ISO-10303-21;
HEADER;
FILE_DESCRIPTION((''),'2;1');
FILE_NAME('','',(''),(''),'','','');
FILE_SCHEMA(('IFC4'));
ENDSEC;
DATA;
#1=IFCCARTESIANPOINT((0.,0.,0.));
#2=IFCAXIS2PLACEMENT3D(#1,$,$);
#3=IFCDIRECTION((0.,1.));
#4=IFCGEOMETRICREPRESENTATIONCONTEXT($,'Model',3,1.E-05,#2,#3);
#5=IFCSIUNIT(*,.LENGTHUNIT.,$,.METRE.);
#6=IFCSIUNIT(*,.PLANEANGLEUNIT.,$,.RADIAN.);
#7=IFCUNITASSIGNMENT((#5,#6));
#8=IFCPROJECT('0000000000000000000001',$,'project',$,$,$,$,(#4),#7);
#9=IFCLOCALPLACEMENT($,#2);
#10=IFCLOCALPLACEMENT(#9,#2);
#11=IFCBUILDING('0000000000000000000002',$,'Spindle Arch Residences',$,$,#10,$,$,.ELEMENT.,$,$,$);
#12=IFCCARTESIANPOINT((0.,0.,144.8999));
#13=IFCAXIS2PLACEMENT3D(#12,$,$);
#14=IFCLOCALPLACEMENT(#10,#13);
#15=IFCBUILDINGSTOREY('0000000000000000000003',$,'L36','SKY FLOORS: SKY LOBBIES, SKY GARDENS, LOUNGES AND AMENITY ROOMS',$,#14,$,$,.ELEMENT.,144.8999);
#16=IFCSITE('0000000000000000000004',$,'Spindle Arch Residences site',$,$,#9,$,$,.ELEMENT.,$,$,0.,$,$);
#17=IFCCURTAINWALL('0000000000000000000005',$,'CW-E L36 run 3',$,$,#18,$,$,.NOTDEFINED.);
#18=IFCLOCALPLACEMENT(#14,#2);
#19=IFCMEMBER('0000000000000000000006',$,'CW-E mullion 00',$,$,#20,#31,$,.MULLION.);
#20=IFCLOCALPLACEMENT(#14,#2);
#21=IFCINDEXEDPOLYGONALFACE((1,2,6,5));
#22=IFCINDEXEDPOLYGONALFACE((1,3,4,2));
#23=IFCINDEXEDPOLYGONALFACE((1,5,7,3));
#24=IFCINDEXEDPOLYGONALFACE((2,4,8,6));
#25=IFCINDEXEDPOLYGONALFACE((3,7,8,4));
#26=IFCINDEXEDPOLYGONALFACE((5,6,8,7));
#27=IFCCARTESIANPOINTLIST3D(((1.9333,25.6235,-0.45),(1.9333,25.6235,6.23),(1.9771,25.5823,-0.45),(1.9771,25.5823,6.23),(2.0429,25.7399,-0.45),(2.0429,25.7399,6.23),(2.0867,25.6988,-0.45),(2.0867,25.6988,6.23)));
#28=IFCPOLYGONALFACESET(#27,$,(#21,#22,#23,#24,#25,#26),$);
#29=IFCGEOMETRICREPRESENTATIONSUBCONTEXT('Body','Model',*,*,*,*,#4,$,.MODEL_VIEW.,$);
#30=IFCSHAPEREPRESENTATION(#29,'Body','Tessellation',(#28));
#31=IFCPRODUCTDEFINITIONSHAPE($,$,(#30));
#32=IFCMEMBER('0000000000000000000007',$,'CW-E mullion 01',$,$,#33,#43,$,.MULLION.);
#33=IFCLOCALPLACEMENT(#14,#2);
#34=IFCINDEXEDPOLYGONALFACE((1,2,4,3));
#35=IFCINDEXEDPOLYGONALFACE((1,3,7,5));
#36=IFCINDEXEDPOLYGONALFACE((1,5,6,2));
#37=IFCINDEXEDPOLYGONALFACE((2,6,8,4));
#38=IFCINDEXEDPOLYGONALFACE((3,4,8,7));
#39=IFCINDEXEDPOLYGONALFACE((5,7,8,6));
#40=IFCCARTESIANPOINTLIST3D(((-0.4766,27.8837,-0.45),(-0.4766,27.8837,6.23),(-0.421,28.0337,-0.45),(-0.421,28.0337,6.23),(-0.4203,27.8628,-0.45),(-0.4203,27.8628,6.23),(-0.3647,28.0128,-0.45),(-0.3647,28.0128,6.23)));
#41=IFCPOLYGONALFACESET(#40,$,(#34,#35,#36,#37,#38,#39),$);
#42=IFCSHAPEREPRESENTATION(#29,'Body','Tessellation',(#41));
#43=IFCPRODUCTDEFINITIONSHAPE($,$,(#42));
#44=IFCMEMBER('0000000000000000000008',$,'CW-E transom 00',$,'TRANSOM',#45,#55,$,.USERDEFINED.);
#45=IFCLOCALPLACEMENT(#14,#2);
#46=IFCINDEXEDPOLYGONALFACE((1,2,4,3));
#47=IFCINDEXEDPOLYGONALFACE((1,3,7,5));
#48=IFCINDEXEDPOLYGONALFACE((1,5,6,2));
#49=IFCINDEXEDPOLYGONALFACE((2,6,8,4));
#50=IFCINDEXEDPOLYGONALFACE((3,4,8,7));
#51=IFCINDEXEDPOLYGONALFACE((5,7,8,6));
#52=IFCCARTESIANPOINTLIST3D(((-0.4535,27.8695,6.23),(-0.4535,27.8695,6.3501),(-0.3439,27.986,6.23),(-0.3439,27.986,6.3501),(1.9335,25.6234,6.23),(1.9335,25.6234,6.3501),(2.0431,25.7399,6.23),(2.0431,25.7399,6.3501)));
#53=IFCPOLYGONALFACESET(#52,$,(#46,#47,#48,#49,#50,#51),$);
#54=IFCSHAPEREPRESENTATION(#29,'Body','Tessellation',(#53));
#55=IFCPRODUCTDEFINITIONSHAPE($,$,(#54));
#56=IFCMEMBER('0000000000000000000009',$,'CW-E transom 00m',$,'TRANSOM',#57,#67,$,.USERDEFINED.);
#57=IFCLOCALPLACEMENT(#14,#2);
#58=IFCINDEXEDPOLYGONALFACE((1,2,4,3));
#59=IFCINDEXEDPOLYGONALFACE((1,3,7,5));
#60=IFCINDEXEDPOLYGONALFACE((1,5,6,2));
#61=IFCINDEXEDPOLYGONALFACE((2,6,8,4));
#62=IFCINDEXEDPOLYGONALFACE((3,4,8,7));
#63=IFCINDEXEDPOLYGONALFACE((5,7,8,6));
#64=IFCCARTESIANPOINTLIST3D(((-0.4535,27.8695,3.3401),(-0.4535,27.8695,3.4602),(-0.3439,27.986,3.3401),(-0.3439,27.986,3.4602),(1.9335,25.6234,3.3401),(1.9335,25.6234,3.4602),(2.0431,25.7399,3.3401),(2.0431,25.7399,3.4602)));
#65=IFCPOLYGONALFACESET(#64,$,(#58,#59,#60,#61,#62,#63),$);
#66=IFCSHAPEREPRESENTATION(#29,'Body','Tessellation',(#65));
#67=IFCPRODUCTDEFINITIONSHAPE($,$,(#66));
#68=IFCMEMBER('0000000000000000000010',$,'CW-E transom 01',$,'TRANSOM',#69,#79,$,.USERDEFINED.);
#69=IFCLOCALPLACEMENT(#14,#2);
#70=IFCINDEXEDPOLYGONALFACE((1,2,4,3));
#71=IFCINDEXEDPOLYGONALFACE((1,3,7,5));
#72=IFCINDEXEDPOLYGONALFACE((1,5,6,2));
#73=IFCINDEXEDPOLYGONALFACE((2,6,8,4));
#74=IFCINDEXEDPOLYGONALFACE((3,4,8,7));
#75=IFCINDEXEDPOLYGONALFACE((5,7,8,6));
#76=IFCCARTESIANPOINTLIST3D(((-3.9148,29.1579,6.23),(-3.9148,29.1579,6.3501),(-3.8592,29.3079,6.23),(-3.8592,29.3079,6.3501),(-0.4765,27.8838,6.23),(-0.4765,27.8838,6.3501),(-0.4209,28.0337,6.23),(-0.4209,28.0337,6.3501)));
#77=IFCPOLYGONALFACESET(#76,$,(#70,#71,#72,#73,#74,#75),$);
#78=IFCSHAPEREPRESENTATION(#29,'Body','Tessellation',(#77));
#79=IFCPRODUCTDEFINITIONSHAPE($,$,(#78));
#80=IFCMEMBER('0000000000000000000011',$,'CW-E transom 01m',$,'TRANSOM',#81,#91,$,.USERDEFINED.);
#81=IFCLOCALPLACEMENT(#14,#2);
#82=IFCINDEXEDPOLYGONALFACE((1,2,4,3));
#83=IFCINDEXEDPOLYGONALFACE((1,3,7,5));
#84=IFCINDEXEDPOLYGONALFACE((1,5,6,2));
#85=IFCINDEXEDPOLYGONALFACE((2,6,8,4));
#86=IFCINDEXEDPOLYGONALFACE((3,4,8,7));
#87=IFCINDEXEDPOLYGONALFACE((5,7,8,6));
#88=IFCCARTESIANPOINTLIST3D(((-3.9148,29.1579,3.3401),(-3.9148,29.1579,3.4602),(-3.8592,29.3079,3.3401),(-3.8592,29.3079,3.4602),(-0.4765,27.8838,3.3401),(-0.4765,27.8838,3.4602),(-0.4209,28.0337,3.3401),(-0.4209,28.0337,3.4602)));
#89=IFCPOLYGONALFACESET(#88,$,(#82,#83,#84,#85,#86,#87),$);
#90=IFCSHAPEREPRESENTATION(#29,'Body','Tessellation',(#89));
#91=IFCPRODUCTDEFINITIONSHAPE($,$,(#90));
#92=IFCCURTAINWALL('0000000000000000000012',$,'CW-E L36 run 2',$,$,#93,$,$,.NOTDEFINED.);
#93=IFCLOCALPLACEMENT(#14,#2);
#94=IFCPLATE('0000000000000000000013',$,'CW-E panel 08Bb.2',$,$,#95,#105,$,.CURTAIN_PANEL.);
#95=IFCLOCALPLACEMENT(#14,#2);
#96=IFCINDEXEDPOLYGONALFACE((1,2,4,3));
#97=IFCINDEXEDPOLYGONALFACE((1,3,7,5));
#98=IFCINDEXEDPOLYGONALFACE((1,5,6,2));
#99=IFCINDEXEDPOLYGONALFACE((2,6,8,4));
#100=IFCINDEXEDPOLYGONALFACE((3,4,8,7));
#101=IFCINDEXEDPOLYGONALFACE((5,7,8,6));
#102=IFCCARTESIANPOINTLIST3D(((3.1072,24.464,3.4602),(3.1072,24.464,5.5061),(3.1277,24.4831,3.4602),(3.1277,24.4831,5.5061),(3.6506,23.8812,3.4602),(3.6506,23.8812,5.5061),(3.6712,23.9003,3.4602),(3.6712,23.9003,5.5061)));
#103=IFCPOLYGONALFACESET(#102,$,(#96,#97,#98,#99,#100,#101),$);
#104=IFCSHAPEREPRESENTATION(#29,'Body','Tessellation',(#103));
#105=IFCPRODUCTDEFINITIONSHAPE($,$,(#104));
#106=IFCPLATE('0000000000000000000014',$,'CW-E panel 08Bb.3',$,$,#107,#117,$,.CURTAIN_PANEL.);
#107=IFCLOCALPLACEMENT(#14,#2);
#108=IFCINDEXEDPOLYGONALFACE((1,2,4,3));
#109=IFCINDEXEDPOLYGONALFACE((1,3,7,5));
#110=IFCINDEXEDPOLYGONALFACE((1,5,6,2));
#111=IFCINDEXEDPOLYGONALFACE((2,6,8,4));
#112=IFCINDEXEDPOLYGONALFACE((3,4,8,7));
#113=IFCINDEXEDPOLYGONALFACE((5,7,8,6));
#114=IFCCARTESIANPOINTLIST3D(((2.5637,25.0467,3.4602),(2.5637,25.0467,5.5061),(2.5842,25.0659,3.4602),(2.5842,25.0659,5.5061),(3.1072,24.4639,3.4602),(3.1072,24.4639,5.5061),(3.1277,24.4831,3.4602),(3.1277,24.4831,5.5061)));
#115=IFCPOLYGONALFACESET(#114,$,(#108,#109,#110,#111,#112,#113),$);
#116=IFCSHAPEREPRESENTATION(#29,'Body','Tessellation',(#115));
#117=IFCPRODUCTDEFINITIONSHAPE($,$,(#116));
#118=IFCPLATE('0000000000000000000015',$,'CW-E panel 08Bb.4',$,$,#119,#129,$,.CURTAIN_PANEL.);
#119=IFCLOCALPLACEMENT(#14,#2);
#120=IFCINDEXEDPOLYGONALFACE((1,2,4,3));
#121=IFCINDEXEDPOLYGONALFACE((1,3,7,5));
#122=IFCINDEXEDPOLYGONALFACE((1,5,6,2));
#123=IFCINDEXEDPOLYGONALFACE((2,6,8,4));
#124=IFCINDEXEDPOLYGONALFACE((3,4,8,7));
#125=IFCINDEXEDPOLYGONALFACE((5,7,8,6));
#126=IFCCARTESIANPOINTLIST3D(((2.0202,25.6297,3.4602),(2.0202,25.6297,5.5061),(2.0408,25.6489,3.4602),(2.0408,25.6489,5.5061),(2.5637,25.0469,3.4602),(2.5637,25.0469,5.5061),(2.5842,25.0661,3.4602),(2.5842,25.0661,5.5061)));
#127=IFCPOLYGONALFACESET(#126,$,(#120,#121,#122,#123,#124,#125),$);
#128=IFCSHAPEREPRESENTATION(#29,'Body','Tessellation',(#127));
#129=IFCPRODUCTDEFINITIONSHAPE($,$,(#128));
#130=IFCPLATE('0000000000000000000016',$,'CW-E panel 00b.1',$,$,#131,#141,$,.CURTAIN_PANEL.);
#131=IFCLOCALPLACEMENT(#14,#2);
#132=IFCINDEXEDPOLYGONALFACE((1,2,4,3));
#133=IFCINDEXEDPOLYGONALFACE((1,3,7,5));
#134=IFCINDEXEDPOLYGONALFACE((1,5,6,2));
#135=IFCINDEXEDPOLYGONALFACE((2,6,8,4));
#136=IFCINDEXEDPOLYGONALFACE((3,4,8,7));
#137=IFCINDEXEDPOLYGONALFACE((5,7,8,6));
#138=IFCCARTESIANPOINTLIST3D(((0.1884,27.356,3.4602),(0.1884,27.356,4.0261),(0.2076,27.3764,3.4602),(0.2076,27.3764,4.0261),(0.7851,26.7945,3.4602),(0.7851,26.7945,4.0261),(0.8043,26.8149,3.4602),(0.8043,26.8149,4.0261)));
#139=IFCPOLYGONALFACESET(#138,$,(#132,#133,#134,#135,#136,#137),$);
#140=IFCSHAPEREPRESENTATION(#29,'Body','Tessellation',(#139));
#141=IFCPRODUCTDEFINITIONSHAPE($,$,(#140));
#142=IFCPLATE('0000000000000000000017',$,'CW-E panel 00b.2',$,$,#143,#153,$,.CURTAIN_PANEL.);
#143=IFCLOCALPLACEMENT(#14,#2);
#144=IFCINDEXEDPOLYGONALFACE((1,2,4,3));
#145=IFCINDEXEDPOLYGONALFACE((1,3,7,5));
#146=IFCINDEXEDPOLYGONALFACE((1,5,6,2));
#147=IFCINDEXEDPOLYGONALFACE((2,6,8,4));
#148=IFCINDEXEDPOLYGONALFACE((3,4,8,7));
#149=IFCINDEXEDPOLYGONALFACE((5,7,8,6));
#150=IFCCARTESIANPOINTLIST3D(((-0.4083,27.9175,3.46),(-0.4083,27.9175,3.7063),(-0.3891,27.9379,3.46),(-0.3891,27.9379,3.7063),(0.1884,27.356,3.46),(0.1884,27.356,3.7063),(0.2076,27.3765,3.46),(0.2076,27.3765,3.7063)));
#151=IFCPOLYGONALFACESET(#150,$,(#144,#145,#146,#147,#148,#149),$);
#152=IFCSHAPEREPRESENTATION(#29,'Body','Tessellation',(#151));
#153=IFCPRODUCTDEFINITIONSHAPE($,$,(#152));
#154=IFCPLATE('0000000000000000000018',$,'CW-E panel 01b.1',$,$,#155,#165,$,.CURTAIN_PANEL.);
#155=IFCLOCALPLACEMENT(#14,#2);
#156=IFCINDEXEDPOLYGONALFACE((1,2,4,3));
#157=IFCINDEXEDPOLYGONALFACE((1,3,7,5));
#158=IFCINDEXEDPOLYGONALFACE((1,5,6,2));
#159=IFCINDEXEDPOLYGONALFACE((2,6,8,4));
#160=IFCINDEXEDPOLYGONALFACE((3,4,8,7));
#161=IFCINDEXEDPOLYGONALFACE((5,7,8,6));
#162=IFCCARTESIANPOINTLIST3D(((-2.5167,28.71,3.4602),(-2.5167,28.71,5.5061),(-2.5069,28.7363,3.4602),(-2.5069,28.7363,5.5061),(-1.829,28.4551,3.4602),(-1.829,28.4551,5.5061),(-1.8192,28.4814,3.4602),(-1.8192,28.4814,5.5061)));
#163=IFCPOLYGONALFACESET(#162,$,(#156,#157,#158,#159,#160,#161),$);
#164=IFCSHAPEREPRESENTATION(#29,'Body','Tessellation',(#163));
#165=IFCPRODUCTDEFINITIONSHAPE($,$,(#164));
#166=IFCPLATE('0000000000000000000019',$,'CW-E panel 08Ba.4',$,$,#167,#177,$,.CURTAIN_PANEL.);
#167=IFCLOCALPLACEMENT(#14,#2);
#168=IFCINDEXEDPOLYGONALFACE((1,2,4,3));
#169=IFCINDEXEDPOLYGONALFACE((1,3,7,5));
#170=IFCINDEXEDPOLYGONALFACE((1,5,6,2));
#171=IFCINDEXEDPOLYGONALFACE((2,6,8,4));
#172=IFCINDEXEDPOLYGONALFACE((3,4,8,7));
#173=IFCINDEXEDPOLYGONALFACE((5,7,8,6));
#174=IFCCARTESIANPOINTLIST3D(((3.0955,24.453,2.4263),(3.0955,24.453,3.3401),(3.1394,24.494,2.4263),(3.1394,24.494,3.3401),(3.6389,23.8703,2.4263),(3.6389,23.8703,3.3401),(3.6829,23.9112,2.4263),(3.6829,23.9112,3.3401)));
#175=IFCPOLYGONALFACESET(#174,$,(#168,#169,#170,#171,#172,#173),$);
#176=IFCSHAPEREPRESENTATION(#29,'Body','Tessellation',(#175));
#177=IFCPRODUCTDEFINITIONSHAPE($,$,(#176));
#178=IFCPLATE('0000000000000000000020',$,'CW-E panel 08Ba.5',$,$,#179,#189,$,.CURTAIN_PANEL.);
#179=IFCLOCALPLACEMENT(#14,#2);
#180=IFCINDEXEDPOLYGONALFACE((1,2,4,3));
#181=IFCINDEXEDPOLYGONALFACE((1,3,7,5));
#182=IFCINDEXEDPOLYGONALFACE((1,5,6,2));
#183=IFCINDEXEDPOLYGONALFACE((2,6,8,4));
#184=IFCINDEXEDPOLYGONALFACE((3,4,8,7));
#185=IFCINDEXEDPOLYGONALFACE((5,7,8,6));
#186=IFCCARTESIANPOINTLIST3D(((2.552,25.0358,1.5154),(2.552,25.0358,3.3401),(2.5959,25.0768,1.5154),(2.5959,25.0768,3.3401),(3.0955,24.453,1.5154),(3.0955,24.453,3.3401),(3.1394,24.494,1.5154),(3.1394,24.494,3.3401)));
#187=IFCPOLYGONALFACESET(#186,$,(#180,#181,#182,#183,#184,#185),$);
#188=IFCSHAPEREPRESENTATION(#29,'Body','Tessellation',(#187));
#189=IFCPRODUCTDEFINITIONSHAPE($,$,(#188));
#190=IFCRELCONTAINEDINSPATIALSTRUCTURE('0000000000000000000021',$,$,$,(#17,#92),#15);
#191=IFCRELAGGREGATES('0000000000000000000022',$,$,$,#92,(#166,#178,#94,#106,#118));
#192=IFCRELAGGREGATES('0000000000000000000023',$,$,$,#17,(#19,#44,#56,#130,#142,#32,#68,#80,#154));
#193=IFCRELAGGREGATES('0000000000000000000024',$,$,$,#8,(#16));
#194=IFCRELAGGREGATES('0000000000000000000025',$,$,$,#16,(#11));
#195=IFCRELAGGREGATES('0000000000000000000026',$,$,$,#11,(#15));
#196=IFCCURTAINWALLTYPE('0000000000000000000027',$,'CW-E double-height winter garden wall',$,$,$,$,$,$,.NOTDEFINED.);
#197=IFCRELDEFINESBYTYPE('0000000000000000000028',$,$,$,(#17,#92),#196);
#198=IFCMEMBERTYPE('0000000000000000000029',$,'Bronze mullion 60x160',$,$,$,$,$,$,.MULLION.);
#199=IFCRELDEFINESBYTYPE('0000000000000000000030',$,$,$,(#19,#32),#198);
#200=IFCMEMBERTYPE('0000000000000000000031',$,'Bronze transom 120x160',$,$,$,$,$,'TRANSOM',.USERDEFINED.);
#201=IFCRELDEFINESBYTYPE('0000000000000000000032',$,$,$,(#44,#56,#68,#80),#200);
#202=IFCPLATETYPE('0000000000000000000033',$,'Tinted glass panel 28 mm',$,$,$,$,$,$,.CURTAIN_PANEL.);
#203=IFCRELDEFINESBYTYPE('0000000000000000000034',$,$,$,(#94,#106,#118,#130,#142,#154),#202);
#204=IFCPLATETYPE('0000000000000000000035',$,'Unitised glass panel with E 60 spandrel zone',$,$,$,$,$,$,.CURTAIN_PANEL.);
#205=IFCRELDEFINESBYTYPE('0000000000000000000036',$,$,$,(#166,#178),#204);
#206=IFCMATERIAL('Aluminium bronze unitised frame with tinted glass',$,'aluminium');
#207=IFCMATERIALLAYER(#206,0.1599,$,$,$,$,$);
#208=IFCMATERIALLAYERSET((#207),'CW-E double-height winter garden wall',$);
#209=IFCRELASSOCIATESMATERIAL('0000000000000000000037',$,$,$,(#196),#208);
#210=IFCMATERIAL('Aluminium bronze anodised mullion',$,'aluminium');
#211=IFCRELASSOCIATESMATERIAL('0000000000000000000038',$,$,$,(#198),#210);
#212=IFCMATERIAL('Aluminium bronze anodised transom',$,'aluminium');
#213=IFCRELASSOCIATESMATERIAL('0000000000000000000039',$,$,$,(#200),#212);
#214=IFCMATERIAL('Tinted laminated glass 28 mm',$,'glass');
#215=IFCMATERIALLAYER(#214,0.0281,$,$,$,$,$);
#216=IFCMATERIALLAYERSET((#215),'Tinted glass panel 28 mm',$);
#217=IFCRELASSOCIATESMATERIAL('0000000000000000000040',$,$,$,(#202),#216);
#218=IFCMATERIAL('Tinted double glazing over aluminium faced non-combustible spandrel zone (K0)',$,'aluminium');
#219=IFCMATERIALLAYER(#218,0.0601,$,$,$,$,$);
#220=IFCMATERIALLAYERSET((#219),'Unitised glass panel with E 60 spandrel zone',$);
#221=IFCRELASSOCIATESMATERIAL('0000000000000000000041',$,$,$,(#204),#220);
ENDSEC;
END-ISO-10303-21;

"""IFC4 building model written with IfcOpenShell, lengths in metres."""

from ifc_helpers import new_model, si_unit, direction, frame, origin, origin_2d, place, context, subcontext, project, spatial, rectangle, extrude, material, layer, layer_set, material_profile, profile_set, type_object, element, aggregate, save


model = new_model("IFC4")

# Units and contexts
model_context = context("Model", 3, precision=1e-05, world=origin(), true_north=direction((0.0, 1.0)))
body_context = subcontext(model_context, "Body", "Model", "MODEL_VIEW")
ifc_project = project(units=[si_unit("LENGTHUNIT", "METRE"), si_unit("PLANEANGLEUNIT", "RADIAN")], contexts=[model_context])

# Site, building, storey
site_placement = place(None, origin())
site = spatial("IfcSite", under=ifc_project, at=site_placement, Name="Spindle Arch Residences site", CompositionType="ELEMENT", RefElevation=0.0)
building_placement = place(site_placement, origin())
building = spatial("IfcBuilding", under=site, at=building_placement, Name="Spindle Arch Residences", CompositionType="ELEMENT")
storey_placement = place(building_placement, frame((0.0, 0.0, 144.8999)))
storey = spatial("IfcBuildingStorey", under=building, at=storey_placement, Name="L36", Description="SKY FLOORS: SKY LOBBIES, SKY GARDENS, LOUNGES AND AMENITY ROOMS", CompositionType="ELEMENT", Elevation=144.8999)

# Curtain wall, members
ifc_material_1 = material(Name="Aluminium bronze unitised frame with tinted glass", Category="aluminium")
ifc_layer_1 = layer(ifc_material_1, 0.1599)
ifc_layer_set_1 = layer_set([ifc_layer_1], Name="CW-E double-height winter garden wall")
curtain_wall_type = type_object("IfcCurtainWallType", Name="CW-E double-height winter garden wall", PredefinedType="NOTDEFINED", material=ifc_layer_set_1)
curtain_wall_1_placement = place(storey_placement, origin())
curtain_wall_1 = element("IfcCurtainWall", 1, at=curtain_wall_1_placement, inside=storey, type_object=curtain_wall_type, Name="CW-E L36 run 3", PredefinedType="NOTDEFINED")
ifc_material_2 = material(Name="Aluminium bronze anodised mullion", Category="aluminium")
ifc_material_profile_1 = material_profile(ifc_material_2, rectangle(XDim=0.1599, YDim=0.0601, at=origin_2d()), Name="MU 60x160")
ifc_profile_set_1 = profile_set([ifc_material_profile_1], Name="Aluminium bronze anodised mullion")
member_type_1 = type_object("IfcMemberType", Name="Bronze mullion 60x160", PredefinedType="MULLION", material=ifc_profile_set_1)
member_1_placement = place(storey_placement, frame((2.01, 25.6611, -0.45), z_axis=(0.0, 0.0, 1.0), x_axis=(-0.68529, -0.72827, 0.0)))
member_1 = element("IfcMember", 2, at=member_1_placement, type_object=member_type_1, Name="CW-E mullion 00", PredefinedType="MULLION", context=body_context, shape_type="SweptSolid", body=[
    extrude(rectangle(XDim=0.1599, YDim=0.0601, at=origin_2d()), origin(), (0.0, 0.0, 1.0), 6.6799),
])
member_2_placement = place(storey_placement, frame((-0.4207, 27.9482, -0.45), z_axis=(0.0, 0.0, 1.0), x_axis=(-0.347481, -0.937687, 0.0)))
member_2 = element("IfcMember", 3, at=member_2_placement, type_object=member_type_1, Name="CW-E mullion 01", PredefinedType="MULLION", context=body_context, shape_type="SweptSolid", body=[
    extrude(rectangle(XDim=0.1599, YDim=0.0601, at=origin_2d()), origin(), (0.0, 0.0, 1.0), 6.6799),
])
ifc_material_3 = material(Name="Aluminium bronze anodised transom", Category="aluminium")
ifc_material_profile_2 = material_profile(ifc_material_3, rectangle(XDim=0.1599, YDim=0.1201, at=origin_2d()), Name="TR 120x160")
ifc_profile_set_2 = profile_set([ifc_material_profile_2], Name="Aluminium bronze anodised transom")
member_type_2 = type_object("IfcMemberType", Name="Bronze transom 120x160", ElementType="TRANSOM", PredefinedType="USERDEFINED", material=ifc_profile_set_2)
member_3_placement = place(storey_placement, frame((1.9883, 25.6816, 6.29), z_axis=(-0.72827, 0.68529, 0.0), x_axis=(-0.68529, -0.72827, 0.0)))
member_3 = element("IfcMember", 4, at=member_3_placement, type_object=member_type_2, Name="CW-E transom 00", ObjectType="TRANSOM", PredefinedType="USERDEFINED", context=body_context, shape_type="SweptSolid", body=[
    extrude(rectangle(XDim=0.1599, YDim=0.1201, at=origin_2d()), origin(), (0.0, 0.0, 1.0), 3.2776),
])
member_4_placement = place(storey_placement, frame((1.9883, 25.6816, 3.4001), z_axis=(-0.72827, 0.68529, 0.0), x_axis=(-0.68529, -0.72827, 0.0)))
member_4 = element("IfcMember", 5, at=member_4_placement, type_object=member_type_2, Name="CW-E transom 00m", ObjectType="TRANSOM", PredefinedType="USERDEFINED", context=body_context, shape_type="SweptSolid", body=[
    extrude(rectangle(XDim=0.1599, YDim=0.1201, at=origin_2d()), origin(), (0.0, 0.0, 1.0), 3.2776),
])
member_5_placement = place(storey_placement, frame((-0.4487, 27.9587, 6.29), z_axis=(-0.937682, 0.347494, 0.0), x_axis=(-0.347494, -0.937682, 0.0)))
member_5 = element("IfcMember", 6, at=member_5_placement, type_object=member_type_2, Name="CW-E transom 01", ObjectType="TRANSOM", PredefinedType="USERDEFINED", context=body_context, shape_type="SweptSolid", body=[
    extrude(rectangle(XDim=0.1599, YDim=0.1201, at=origin_2d()), origin(), (0.0, 0.0, 1.0), 3.6667),
])
member_6_placement = place(storey_placement, frame((-0.4487, 27.9587, 3.4001), z_axis=(-0.937682, 0.347494, 0.0), x_axis=(-0.347494, -0.937682, 0.0)))
member_6 = element("IfcMember", 7, at=member_6_placement, type_object=member_type_2, Name="CW-E transom 01m", ObjectType="TRANSOM", PredefinedType="USERDEFINED", context=body_context, shape_type="SweptSolid", body=[
    extrude(rectangle(XDim=0.1599, YDim=0.1201, at=origin_2d()), origin(), (0.0, 0.0, 1.0), 3.6667),
])

# Curtain wall, plates
curtain_wall_2_placement = place(storey_placement, origin())
curtain_wall_2 = element("IfcCurtainWall", 8, at=curtain_wall_2_placement, inside=storey, type_object=curtain_wall_type, Name="CW-E L36 run 2", PredefinedType="NOTDEFINED")
ifc_material_4 = material(Name="Tinted laminated glass 28 mm", Category="glass")
ifc_layer_2 = layer(ifc_material_4, 0.0281)
ifc_layer_set_2 = layer_set([ifc_layer_2], Name="Tinted glass panel 28 mm")
plate_type_1 = type_object("IfcPlateType", Name="Tinted glass panel 28 mm", PredefinedType="CURTAIN_PANEL", material=ifc_layer_set_2)
plate_1_placement = place(storey_placement, frame((3.3892, 24.1821, 3.4602), z_axis=(0.0, 0.0, 1.0), x_axis=(-0.681998, 0.731354, 0.0)))
plate_1 = element("IfcPlate", 9, at=plate_1_placement, type_object=plate_type_1, Name="CW-E panel 08Bb.2", PredefinedType="CURTAIN_PANEL", context=body_context, shape_type="SweptSolid", body=[
    extrude(rectangle(XDim=0.7969, YDim=0.0281, at=origin_2d()), origin(), (0.0, 0.0, 1.0), 2.0459),
])
plate_2_placement = place(storey_placement, frame((2.8457, 24.7649, 3.4602), z_axis=(0.0, 0.0, 1.0), x_axis=(-0.681998, 0.731354, 0.0)))
plate_2 = element("IfcPlate", 10, at=plate_2_placement, type_object=plate_type_1, Name="CW-E panel 08Bb.3", PredefinedType="CURTAIN_PANEL", context=body_context, shape_type="SweptSolid", body=[
    extrude(rectangle(XDim=0.7969, YDim=0.0281, at=origin_2d()), origin(), (0.0, 0.0, 1.0), 2.0459),
])
plate_3_placement = place(storey_placement, frame((2.3022, 25.3479, 3.4602), z_axis=(0.0, 0.0, 1.0), x_axis=(-0.681998, 0.731354, 0.0)))
plate_3 = element("IfcPlate", 11, at=plate_3_placement, type_object=plate_type_1, Name="CW-E panel 08Bb.4", PredefinedType="CURTAIN_PANEL", context=body_context, shape_type="SweptSolid", body=[
    extrude(rectangle(XDim=0.7969, YDim=0.0281, at=origin_2d()), origin(), (0.0, 0.0, 1.0), 2.0459),
])

# Plates
plate_4_placement = place(storey_placement, frame((0.4963, 27.0854, 3.4602), z_axis=(0.0, 0.0, 1.0), x_axis=(-0.72827, 0.68529, 0.0)))
plate_4 = element("IfcPlate", 12, at=plate_4_placement, type_object=plate_type_1, Name="CW-E panel 00b.1", PredefinedType="CURTAIN_PANEL", context=body_context, shape_type="SweptSolid", body=[
    extrude(rectangle(XDim=0.8193, YDim=0.0281, at=origin_2d()), origin(), (0.0, 0.0, 1.0), 0.5659),
])
plate_5_placement = place(storey_placement, frame((-0.1003, 27.647, 3.46), z_axis=(0.0, 0.0, 1.0), x_axis=(-0.72827, 0.68529, 0.0)))
plate_5 = element("IfcPlate", 13, at=plate_5_placement, type_object=plate_type_1, Name="CW-E panel 00b.2", PredefinedType="CURTAIN_PANEL", context=body_context, shape_type="SweptSolid", body=[
    extrude(rectangle(XDim=0.8193, YDim=0.0281, at=origin_2d()), origin(), (0.0, 0.0, 1.0), 0.2463),
])
plate_6_placement = place(storey_placement, frame((-2.168, 28.5957, 3.4602), z_axis=(0.0, 0.0, 1.0), x_axis=(-0.937687, 0.347481, 0.0)))
plate_6 = element("IfcPlate", 14, at=plate_6_placement, type_object=plate_type_1, Name="CW-E panel 01b.1", PredefinedType="CURTAIN_PANEL", context=body_context, shape_type="SweptSolid", body=[
    extrude(rectangle(XDim=0.7334, YDim=0.0281, at=origin_2d()), origin(), (0.0, 0.0, 1.0), 2.0459),
])
ifc_material_5 = material(Name="Tinted double glazing over aluminium faced non-combustible spandrel zone (K0)", Category="aluminium")
ifc_layer_3 = layer(ifc_material_5, 0.0601)
ifc_layer_set_3 = layer_set([ifc_layer_3], Name="Unitised glass panel with E 60 spandrel zone")
plate_type_2 = type_object("IfcPlateType", Name="Unitised glass panel with E 60 spandrel zone", PredefinedType="CURTAIN_PANEL", material=ifc_layer_set_3)
plate_7_placement = place(storey_placement, frame((3.3892, 24.1821, 2.4263), z_axis=(0.0, 0.0, 1.0), x_axis=(-0.681998, 0.731354, 0.0)))
plate_7 = element("IfcPlate", 15, at=plate_7_placement, type_object=plate_type_2, Name="CW-E panel 08Ba.4", PredefinedType="CURTAIN_PANEL", context=body_context, shape_type="SweptSolid", body=[
    extrude(rectangle(XDim=0.7969, YDim=0.0601, at=origin_2d()), origin(), (0.0, 0.0, 1.0), 0.9138),
])
plate_8_placement = place(storey_placement, frame((2.8457, 24.7649, 1.5154), z_axis=(0.0, 0.0, 1.0), x_axis=(-0.681998, 0.731354, 0.0)))
plate_8 = element("IfcPlate", 16, at=plate_8_placement, type_object=plate_type_2, Name="CW-E panel 08Ba.5", PredefinedType="CURTAIN_PANEL", context=body_context, shape_type="SweptSolid", body=[
    extrude(rectangle(XDim=0.7969, YDim=0.0601, at=origin_2d()), origin(), (0.0, 0.0, 1.0), 1.8247),
])
aggregate(curtain_wall_2, [plate_7, plate_8, plate_1, plate_2, plate_3])
aggregate(curtain_wall_1, [member_1, member_3, member_4, plate_4, plate_5, member_2, member_5, member_6, plate_6])

save(model, "model.ifc")
